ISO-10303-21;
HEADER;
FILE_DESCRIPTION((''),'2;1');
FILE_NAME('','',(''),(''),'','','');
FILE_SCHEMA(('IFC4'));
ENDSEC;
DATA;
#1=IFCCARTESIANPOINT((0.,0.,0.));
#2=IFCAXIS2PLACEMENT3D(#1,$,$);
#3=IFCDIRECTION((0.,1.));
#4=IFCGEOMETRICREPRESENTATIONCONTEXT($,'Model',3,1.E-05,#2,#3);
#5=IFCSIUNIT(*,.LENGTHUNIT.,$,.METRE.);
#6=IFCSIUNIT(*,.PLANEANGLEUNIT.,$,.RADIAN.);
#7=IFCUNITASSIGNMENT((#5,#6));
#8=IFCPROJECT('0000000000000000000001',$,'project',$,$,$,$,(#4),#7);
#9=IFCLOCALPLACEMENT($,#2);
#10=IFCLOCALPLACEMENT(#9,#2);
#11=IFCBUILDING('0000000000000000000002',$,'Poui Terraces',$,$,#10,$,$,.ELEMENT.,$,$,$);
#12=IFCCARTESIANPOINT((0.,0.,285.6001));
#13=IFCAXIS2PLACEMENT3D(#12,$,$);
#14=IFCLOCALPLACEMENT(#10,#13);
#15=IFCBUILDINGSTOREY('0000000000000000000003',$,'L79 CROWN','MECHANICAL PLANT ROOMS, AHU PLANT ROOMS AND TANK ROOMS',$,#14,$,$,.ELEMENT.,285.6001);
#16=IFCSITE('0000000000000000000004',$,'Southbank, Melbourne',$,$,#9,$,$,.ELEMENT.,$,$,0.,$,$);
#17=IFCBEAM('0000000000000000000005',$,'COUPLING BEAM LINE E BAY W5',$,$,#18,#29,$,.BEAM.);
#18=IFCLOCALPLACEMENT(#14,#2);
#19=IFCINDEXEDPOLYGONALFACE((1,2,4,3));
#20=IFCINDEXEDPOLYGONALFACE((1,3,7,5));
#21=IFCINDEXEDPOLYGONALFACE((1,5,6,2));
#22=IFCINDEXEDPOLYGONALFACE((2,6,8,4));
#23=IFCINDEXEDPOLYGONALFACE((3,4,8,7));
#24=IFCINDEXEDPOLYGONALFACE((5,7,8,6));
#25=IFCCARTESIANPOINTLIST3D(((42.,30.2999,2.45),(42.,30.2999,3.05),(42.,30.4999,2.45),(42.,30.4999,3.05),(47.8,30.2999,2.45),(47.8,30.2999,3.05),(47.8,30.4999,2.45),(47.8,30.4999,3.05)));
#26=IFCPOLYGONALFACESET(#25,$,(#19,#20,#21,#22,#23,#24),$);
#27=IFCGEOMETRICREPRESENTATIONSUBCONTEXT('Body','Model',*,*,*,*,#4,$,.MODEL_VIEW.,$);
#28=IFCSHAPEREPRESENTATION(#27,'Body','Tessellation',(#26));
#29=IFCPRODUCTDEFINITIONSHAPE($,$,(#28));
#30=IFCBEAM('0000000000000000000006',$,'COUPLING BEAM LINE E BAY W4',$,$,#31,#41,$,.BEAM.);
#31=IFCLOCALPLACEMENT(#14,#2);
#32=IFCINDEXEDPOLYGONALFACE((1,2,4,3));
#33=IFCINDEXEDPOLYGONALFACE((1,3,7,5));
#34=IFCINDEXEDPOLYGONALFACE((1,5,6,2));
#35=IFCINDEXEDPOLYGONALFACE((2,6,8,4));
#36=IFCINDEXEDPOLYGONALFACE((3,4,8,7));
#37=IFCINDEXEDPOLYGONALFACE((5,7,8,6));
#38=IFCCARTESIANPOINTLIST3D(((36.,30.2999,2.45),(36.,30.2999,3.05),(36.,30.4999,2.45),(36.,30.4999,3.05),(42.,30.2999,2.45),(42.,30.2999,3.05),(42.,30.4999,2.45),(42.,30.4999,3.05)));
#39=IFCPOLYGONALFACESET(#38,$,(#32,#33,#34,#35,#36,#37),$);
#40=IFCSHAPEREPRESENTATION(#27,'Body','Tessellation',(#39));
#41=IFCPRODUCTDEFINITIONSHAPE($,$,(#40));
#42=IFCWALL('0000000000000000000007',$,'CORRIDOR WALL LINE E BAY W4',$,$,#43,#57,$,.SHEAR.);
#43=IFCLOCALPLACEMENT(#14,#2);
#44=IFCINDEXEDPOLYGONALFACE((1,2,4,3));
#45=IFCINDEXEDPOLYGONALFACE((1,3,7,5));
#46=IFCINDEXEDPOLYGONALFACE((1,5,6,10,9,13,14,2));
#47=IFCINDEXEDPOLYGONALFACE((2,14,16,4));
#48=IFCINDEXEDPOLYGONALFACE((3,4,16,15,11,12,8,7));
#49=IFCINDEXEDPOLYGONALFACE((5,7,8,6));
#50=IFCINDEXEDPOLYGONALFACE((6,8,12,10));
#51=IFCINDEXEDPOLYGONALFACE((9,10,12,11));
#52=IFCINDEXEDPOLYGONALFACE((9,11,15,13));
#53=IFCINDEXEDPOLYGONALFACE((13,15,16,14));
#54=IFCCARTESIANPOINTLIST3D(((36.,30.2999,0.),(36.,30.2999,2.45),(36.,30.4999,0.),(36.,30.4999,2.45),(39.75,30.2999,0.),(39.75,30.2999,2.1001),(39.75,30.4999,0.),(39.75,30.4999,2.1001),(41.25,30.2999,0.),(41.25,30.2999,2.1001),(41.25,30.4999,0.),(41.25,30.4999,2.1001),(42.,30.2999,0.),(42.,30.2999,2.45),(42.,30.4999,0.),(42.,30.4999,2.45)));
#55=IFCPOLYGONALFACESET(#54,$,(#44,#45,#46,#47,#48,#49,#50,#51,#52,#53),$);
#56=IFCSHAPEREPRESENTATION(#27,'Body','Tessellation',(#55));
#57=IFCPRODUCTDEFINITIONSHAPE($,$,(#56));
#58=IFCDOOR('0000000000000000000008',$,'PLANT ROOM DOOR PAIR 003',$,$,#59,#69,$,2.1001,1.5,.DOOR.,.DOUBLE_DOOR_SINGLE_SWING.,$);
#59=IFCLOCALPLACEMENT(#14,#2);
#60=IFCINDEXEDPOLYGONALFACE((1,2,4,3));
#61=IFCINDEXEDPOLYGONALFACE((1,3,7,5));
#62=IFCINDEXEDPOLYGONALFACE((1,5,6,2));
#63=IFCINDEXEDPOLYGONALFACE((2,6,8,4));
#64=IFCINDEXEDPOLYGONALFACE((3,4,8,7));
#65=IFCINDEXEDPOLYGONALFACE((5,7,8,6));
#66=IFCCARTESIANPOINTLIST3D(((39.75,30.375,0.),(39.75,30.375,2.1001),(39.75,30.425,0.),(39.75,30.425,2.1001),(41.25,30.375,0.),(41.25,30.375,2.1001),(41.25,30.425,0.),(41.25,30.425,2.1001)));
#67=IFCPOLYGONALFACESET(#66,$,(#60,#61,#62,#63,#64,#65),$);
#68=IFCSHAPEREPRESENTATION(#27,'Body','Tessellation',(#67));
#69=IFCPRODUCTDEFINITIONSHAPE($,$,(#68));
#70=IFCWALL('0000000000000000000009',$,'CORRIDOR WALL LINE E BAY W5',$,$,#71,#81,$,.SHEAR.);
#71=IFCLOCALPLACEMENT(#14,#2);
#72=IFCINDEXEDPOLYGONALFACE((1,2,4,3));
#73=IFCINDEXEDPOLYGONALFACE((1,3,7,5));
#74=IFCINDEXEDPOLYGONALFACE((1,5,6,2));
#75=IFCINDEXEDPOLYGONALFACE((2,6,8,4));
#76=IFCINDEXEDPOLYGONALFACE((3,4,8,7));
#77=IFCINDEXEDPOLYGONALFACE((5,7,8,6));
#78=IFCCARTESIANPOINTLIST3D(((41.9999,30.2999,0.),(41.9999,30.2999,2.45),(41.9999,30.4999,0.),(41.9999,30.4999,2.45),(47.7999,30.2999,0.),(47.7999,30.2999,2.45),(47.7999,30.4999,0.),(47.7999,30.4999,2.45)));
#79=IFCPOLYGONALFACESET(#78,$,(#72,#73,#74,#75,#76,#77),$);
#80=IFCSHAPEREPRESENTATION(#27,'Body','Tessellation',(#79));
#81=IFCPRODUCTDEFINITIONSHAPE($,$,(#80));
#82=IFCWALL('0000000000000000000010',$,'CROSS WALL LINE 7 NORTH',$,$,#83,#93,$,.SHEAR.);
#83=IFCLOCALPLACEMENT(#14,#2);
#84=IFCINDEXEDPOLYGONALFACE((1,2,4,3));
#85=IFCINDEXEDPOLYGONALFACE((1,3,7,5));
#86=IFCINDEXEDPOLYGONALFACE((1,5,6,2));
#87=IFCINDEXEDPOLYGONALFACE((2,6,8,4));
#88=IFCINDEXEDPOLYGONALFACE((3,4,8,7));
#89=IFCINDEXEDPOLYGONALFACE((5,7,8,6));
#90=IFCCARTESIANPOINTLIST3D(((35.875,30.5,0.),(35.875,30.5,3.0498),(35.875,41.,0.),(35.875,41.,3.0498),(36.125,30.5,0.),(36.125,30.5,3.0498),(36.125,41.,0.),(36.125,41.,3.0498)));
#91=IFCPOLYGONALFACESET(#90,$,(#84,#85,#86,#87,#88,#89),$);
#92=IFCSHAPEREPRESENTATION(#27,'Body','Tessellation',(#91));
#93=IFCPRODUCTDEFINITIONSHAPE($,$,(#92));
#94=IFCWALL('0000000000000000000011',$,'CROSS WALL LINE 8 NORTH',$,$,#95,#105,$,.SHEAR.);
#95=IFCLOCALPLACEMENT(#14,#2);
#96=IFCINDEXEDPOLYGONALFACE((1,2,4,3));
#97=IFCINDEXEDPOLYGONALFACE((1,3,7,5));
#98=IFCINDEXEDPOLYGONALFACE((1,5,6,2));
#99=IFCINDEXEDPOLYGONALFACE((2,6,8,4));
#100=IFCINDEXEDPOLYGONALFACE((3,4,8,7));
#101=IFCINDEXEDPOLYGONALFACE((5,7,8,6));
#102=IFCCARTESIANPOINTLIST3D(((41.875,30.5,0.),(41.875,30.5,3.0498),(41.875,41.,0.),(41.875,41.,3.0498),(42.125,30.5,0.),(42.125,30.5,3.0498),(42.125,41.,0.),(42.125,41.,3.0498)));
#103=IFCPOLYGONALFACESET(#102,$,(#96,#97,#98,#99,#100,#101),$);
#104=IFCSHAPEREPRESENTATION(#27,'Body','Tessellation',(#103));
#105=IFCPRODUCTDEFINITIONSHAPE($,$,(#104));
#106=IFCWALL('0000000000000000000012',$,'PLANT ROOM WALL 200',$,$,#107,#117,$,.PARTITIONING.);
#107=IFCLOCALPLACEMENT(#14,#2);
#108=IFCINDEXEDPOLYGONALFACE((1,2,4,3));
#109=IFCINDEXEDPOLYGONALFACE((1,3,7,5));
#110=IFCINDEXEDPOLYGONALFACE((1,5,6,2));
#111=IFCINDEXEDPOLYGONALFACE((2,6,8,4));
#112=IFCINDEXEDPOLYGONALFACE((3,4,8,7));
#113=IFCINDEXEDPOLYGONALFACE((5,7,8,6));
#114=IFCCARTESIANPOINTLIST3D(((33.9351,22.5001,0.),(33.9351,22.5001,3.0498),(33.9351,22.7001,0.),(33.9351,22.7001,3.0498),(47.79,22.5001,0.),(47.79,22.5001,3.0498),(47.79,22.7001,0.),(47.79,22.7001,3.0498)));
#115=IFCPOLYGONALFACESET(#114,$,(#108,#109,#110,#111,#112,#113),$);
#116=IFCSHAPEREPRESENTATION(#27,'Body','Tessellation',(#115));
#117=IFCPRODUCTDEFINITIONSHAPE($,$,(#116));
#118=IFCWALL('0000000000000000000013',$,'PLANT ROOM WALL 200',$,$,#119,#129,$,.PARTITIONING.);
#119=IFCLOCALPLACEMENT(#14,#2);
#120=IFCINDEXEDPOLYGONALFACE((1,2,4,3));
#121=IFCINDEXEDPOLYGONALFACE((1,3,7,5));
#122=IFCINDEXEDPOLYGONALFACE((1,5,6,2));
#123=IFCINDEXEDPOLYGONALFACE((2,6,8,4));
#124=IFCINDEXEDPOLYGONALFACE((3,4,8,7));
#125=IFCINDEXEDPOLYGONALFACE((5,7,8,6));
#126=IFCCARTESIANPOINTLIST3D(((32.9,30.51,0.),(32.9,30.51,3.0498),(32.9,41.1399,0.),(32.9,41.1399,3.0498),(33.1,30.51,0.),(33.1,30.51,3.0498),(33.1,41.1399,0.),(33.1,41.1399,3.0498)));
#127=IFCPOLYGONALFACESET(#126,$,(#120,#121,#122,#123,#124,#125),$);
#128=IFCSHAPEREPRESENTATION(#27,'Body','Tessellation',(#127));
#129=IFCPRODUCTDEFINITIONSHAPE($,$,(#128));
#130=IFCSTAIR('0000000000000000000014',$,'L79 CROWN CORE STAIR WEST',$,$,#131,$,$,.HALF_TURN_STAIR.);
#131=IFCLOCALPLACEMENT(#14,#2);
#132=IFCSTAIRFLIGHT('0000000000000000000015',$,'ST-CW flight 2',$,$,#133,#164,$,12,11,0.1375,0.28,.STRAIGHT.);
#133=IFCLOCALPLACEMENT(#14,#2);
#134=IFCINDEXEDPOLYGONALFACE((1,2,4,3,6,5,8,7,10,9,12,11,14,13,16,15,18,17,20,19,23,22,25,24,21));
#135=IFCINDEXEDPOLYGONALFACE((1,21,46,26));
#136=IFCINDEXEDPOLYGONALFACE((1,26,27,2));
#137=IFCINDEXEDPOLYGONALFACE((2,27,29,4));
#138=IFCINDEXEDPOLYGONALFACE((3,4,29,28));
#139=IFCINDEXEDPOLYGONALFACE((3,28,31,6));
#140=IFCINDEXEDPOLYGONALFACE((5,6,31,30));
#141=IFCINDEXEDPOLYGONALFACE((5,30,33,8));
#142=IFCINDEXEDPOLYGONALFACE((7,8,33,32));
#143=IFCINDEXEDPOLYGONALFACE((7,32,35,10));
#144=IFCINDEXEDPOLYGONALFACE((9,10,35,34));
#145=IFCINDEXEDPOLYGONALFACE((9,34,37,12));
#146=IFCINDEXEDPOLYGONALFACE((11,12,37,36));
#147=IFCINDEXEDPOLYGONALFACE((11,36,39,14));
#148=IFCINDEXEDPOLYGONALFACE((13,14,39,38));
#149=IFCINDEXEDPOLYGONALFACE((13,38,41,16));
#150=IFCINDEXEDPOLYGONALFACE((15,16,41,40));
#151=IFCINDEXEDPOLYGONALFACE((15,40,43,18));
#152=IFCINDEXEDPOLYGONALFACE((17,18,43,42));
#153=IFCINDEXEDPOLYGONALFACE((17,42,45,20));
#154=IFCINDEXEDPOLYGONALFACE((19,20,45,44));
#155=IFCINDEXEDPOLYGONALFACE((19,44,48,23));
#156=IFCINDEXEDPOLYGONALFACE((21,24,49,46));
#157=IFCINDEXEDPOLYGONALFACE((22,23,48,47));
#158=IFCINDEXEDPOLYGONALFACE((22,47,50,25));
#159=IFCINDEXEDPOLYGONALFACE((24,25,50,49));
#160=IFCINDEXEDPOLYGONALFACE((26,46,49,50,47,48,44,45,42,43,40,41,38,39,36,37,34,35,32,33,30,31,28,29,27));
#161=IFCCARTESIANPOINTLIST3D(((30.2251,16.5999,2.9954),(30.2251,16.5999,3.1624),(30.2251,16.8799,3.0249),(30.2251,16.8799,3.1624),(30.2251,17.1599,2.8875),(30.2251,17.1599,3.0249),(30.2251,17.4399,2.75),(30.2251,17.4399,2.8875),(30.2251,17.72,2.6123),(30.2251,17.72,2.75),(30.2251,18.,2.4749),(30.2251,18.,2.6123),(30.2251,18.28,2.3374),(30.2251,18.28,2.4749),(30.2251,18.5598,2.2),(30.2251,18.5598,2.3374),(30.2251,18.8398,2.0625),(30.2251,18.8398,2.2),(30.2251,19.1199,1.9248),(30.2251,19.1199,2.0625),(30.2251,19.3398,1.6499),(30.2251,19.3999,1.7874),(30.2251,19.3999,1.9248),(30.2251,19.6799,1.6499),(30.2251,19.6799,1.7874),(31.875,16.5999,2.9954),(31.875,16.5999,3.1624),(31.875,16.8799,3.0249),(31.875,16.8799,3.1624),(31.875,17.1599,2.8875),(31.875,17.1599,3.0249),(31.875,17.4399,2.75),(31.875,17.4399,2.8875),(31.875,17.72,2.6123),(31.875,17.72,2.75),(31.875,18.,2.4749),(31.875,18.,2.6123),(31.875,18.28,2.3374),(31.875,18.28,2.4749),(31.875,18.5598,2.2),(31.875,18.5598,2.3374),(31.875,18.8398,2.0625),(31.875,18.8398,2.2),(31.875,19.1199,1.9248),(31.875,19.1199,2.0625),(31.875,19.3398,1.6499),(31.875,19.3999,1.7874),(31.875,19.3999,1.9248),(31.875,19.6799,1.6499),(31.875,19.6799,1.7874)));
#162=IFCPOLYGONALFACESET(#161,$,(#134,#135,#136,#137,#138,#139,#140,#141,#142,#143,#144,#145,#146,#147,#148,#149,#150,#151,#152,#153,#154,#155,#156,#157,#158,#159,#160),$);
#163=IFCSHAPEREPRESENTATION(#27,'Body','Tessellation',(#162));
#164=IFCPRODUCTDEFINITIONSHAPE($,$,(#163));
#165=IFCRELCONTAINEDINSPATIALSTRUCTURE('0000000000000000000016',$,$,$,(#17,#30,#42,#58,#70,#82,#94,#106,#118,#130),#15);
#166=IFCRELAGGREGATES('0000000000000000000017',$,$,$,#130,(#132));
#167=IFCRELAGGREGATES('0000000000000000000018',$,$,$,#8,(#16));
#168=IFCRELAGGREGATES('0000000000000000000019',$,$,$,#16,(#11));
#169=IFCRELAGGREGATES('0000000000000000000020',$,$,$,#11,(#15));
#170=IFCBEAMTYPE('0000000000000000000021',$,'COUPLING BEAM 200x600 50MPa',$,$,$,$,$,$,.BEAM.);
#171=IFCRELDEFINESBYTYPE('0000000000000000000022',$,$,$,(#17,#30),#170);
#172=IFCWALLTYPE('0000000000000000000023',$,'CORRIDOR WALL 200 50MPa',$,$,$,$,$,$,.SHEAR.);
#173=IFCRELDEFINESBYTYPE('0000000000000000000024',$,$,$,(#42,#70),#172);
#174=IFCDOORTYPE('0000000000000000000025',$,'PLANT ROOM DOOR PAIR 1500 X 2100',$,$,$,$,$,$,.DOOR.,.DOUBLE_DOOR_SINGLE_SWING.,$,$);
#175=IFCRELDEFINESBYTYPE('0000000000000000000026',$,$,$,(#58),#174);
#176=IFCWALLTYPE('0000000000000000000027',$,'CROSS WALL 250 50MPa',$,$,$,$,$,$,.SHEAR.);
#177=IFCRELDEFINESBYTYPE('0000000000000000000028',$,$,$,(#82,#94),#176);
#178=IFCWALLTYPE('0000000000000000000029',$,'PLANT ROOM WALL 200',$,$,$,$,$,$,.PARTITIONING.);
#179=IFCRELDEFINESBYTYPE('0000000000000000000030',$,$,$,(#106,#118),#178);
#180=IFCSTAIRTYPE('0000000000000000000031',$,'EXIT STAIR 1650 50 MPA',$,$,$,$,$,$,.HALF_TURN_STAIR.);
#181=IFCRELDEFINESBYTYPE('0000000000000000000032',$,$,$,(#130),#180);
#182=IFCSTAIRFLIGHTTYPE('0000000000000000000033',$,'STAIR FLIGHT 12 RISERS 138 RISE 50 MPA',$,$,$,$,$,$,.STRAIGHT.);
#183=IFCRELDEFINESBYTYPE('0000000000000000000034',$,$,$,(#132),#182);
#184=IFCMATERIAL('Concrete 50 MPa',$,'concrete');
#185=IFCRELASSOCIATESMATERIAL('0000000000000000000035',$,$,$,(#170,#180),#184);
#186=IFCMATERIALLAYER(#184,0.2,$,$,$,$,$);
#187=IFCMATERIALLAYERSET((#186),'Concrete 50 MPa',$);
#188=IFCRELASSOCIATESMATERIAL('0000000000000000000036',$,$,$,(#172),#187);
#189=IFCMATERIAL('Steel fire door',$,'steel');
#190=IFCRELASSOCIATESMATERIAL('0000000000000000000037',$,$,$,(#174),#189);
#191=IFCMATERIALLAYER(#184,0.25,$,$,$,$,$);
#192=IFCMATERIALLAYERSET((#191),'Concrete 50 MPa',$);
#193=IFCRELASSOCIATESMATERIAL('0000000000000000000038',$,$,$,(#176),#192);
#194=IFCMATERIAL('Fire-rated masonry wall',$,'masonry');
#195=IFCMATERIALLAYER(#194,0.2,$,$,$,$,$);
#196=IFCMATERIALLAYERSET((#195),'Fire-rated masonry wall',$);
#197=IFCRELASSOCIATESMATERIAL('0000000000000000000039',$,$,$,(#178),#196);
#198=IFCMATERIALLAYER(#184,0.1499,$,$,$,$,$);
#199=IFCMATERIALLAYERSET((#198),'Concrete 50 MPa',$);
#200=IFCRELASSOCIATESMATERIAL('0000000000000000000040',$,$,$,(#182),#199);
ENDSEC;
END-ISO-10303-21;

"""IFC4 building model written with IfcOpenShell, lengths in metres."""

from ifc_helpers import new_model, si_unit, direction, frame, frame_2d, origin, origin_2d, place, context, subcontext, project, spatial, polyline, rectangle, outline, extrude, source, transform, mapped, material, layer, layer_set, material_profile, profile_set, type_object, element, fill, aggregate, save


model = new_model("IFC4")

# Units and contexts
model_context = context("Model", 3, precision=1e-05, world=origin(), true_north=direction((0.0, 1.0)))
body_context = subcontext(model_context, "Body", "Model", "MODEL_VIEW")
ifc_project = project(units=[si_unit("LENGTHUNIT", "METRE"), si_unit("PLANEANGLEUNIT", "RADIAN")], contexts=[model_context])

# Site, building, storey
site_placement = place(None, origin())
site = spatial("IfcSite", under=ifc_project, at=site_placement, Name="Southbank, Melbourne", CompositionType="ELEMENT", RefElevation=0.0)
building_placement = place(site_placement, origin())
building = spatial("IfcBuilding", under=site, at=building_placement, Name="Poui Terraces", CompositionType="ELEMENT")
storey_placement = place(building_placement, frame((0.0, 0.0, 285.6001)))
storey = spatial("IfcBuildingStorey", under=building, at=storey_placement, Name="L79 CROWN", Description="MECHANICAL PLANT ROOMS, AHU PLANT ROOMS AND TANK ROOMS", CompositionType="ELEMENT", Elevation=285.6001)

# Beams
ifc_material_1 = material(Name="Concrete 50 MPa", Category="concrete")
ifc_material_profile_1 = material_profile(ifc_material_1, rectangle(XDim=0.2, YDim=0.6001, at=origin_2d()), Name="RC 200x600")
ifc_profile_set_1 = profile_set([ifc_material_profile_1], Name="Concrete 50 MPa")
beam_type = type_object("IfcBeamType", Name="COUPLING BEAM 200x600 50MPa", PredefinedType="BEAM", material=ifc_profile_set_1)
shared_shape_1 = source(origin(), body_context, "Body", "SweptSolid", [
    extrude(rectangle(XDim=0.2, YDim=0.6001, at=origin_2d()), origin(), (0.0, 0.0, 1.0), 5.8),
])
beam_1_placement = place(storey_placement, frame((42.0, 30.3999, 2.75), z_axis=(1.0, 0.0, 0.0), x_axis=(0.0, 1.0, 0.0)))
element("IfcBeam", 1, at=beam_1_placement, inside=storey, type_object=beam_type, Name="COUPLING BEAM LINE E BAY W5", PredefinedType="BEAM", context=body_context, shape_type="MappedRepresentation", body=[
    mapped(shared_shape_1, transform((0.0, 0.0, 0.0))),
])
shared_shape_2 = source(origin(), body_context, "Body", "SweptSolid", [
    extrude(rectangle(XDim=0.2, YDim=0.6001, at=origin_2d()), origin(), (0.0, 0.0, 1.0), 6.0),
])
beam_2_placement = place(storey_placement, frame((36.0, 30.3999, 2.75), z_axis=(1.0, 0.0, 0.0), x_axis=(0.0, 1.0, 0.0)))
element("IfcBeam", 2, at=beam_2_placement, inside=storey, type_object=beam_type, Name="COUPLING BEAM LINE E BAY W4", PredefinedType="BEAM", context=body_context, shape_type="MappedRepresentation", body=[
    mapped(shared_shape_2, transform((0.0, 0.0, 0.0))),
])

# Wall, opening, door
ifc_layer_1 = layer(ifc_material_1, 0.2)
ifc_layer_set_1 = layer_set([ifc_layer_1], Name="Concrete 50 MPa")
wall_type_1 = type_object("IfcWallType", Name="CORRIDOR WALL 200 50MPa", PredefinedType="SHEAR", material=ifc_layer_set_1)
wall_1_placement = place(storey_placement, frame((36.0, 30.3999, 0.0), z_axis=(0.0, 0.0, 1.0), x_axis=(1.0, 0.0, 0.0)))
wall_1 = element("IfcWall", 3, at=wall_1_placement, inside=storey, type_object=wall_type_1, Name="CORRIDOR WALL LINE E BAY W4", PredefinedType="SHEAR", context=body_context, shape_type="SweptSolid", body=[
    extrude(rectangle(XDim=6.0, YDim=0.2, at=frame_2d((3.0, 0.0))), origin(), (0.0, 0.0, 1.0), 2.45),
])
opening_placement = place(wall_1_placement, frame((3.75, 0.0, 0.0)))
opening = element("IfcOpeningElement", 4, at=opening_placement, cuts=wall_1, PredefinedType="OPENING", context=body_context, shape_type="SweptSolid", body=[
    extrude(rectangle(XDim=1.5, YDim=2.1001, at=frame_2d((0.75, 1.05))), frame((0.0, 0.1099, 0.0), z_axis=(0.0, -1.0, 0.0), x_axis=(1.0, 0.0, 0.0)), (0.0, 0.0, 1.0), 0.22),
])
ifc_material_2 = material(Name="Steel fire door", Category="steel")
door_type = type_object("IfcDoorType", Name="PLANT ROOM DOOR PAIR 1500 X 2100", OperationType="DOUBLE_DOOR_SINGLE_SWING", PredefinedType="DOOR", material=ifc_material_2)
door_placement = place(opening_placement, frame((1.5, 0.0, 0.0), z_axis=(0.0, 0.0, 1.0), x_axis=(-1.0, 0.0, 0.0)))
door = element("IfcDoor", 5, at=door_placement, inside=storey, type_object=door_type, Name="PLANT ROOM DOOR PAIR 003", OperationType="DOUBLE_DOOR_SINGLE_SWING", OverallHeight=2.1001, OverallWidth=1.5, PredefinedType="DOOR", context=body_context, shape_type="SweptSolid", body=[
    extrude(rectangle(XDim=1.5, YDim=2.1001, at=frame_2d((0.75, 1.05))), frame((0.0, 0.0249, 0.0), z_axis=(0.0, -1.0, 0.0), x_axis=(1.0, 0.0, 0.0)), (0.0, 0.0, 1.0), 0.05),
])
fill(opening, door)

# Walls
wall_2_placement = place(storey_placement, frame((42.0, 30.3999, 0.0), z_axis=(0.0, 0.0, 1.0), x_axis=(1.0, 0.0, 0.0)))
element("IfcWall", 6, at=wall_2_placement, inside=storey, type_object=wall_type_1, Name="CORRIDOR WALL LINE E BAY W5", PredefinedType="SHEAR", context=body_context, shape_type="SweptSolid", body=[
    extrude(rectangle(XDim=5.8, YDim=0.2, at=frame_2d((2.8999, 0.0))), origin(), (0.0, 0.0, 1.0), 2.45),
])
ifc_layer_2 = layer(ifc_material_1, 0.25)
ifc_layer_set_2 = layer_set([ifc_layer_2], Name="Concrete 50 MPa")
wall_type_2 = type_object("IfcWallType", Name="CROSS WALL 250 50MPa", PredefinedType="SHEAR", material=ifc_layer_set_2)
for number, where, z_axis, x_axis, name in (
    (7, (36.0, 30.5, 0.0), (0.0, 0.0, 1.0), (0.0, 1.0, 0.0), "CROSS WALL LINE 7 NORTH"),
    (8, (42.0, 30.5, 0.0), (0.0, 0.0, 1.0), (0.0, 1.0, 0.0), "CROSS WALL LINE 8 NORTH"),
):
    element("IfcWall", number, at=place(storey_placement, frame(where, z_axis=z_axis, x_axis=x_axis)), inside=storey, type_object=wall_type_2, Name=name, PredefinedType="SHEAR", context=body_context, shape_type="SweptSolid", body=[
        extrude(rectangle(XDim=10.5, YDim=0.25, at=frame_2d((5.25, 0.0))), origin(), (0.0, 0.0, 1.0), 3.0498),
    ])
ifc_material_3 = material(Name="Fire-rated masonry wall", Category="masonry")
ifc_layer_3 = layer(ifc_material_3, 0.2)
ifc_layer_set_3 = layer_set([ifc_layer_3], Name="Fire-rated masonry wall")
wall_type_3 = type_object("IfcWallType", Name="PLANT ROOM WALL 200", PredefinedType="PARTITIONING", material=ifc_layer_set_3)
wall_3_placement = place(storey_placement, frame((33.9351, 22.6001, 0.0), z_axis=(0.0, 0.0, 1.0), x_axis=(1.0, 0.0, 0.0)))
element("IfcWall", 9, at=wall_3_placement, inside=storey, type_object=wall_type_3, Name="PLANT ROOM WALL 200", PredefinedType="PARTITIONING", context=body_context, shape_type="SweptSolid", body=[
    extrude(rectangle(XDim=13.855, YDim=0.2, at=frame_2d((6.9275, 0.0))), origin(), (0.0, 0.0, 1.0), 3.0498),
])
wall_4_placement = place(storey_placement, frame((33.0, 30.51, 0.0), z_axis=(0.0, 0.0, 1.0), x_axis=(0.0, 1.0, 0.0)))
element("IfcWall", 10, at=wall_4_placement, inside=storey, type_object=wall_type_3, Name="PLANT ROOM WALL 200", PredefinedType="PARTITIONING", context=body_context, shape_type="SweptSolid", body=[
    extrude(rectangle(XDim=10.6299, YDim=0.2, at=frame_2d((5.3149, 0.0))), origin(), (0.0, 0.0, 1.0), 3.0498),
])

# Stair, stair flight
stair_type = type_object("IfcStairType", Name="EXIT STAIR 1650 50 MPA", PredefinedType="HALF_TURN_STAIR", material=ifc_material_1)
stair_placement = place(storey_placement, origin())
stair = element("IfcStair", 11, at=stair_placement, inside=storey, type_object=stair_type, Name="L79 CROWN CORE STAIR WEST", PredefinedType="HALF_TURN_STAIR")
ifc_layer_4 = layer(ifc_material_1, 0.1499)
ifc_layer_set_4 = layer_set([ifc_layer_4], Name="Concrete 50 MPa")
stair_flight_type = type_object("IfcStairFlightType", Name="STAIR FLIGHT 12 RISERS 138 RISE 50 MPA", PredefinedType="STRAIGHT", material=ifc_layer_set_4)
stair_flight_placement = place(storey_placement, frame((31.05, 19.6799, 1.6499), z_axis=(0.0, 0.0, 1.0), x_axis=(0.0, -1.0, 0.0)))
stair_flight = element("IfcStairFlight", 12, at=stair_flight_placement, type_object=stair_flight_type, Name="ST-CW flight 2", NumberOfRisers=12, NumberOfTreads=11, PredefinedType="STRAIGHT", RiserHeight=0.1375, TreadLength=0.28, context=body_context, shape_type="SweptSolid", body=[
    extrude(outline(polyline([(0.0, 0.0), (0.0, 0.1375), (0.28, 0.1375), (0.28, 0.2749), (0.5601, 0.2749), (0.5601, 0.4126), (0.8401, 0.4126), (0.8401, 0.55), (1.1201, 0.55), (1.1201, 0.6875), (1.3999, 0.6875), (1.3999, 0.825), (1.6799, 0.825), (1.6799, 0.9624), (1.96, 0.9624), (1.96, 1.1001), (2.24, 1.1001), (2.24, 1.2375), (2.52, 1.2375), (2.52, 1.375), (2.8, 1.375), (2.8, 1.5125), (3.0801, 1.5125), (3.0801, 1.6499), (3.0801, 1.3455), (0.3401, 0.0), (0.0, 0.0)])), frame((0.0, 0.825, 0.0), z_axis=(0.0, -1.0, 0.0), x_axis=(1.0, 0.0, 0.0)), (0.0, 0.0, 1.0), 1.6499),
])
aggregate(stair, [stair_flight])

save(model, "model.ifc")
